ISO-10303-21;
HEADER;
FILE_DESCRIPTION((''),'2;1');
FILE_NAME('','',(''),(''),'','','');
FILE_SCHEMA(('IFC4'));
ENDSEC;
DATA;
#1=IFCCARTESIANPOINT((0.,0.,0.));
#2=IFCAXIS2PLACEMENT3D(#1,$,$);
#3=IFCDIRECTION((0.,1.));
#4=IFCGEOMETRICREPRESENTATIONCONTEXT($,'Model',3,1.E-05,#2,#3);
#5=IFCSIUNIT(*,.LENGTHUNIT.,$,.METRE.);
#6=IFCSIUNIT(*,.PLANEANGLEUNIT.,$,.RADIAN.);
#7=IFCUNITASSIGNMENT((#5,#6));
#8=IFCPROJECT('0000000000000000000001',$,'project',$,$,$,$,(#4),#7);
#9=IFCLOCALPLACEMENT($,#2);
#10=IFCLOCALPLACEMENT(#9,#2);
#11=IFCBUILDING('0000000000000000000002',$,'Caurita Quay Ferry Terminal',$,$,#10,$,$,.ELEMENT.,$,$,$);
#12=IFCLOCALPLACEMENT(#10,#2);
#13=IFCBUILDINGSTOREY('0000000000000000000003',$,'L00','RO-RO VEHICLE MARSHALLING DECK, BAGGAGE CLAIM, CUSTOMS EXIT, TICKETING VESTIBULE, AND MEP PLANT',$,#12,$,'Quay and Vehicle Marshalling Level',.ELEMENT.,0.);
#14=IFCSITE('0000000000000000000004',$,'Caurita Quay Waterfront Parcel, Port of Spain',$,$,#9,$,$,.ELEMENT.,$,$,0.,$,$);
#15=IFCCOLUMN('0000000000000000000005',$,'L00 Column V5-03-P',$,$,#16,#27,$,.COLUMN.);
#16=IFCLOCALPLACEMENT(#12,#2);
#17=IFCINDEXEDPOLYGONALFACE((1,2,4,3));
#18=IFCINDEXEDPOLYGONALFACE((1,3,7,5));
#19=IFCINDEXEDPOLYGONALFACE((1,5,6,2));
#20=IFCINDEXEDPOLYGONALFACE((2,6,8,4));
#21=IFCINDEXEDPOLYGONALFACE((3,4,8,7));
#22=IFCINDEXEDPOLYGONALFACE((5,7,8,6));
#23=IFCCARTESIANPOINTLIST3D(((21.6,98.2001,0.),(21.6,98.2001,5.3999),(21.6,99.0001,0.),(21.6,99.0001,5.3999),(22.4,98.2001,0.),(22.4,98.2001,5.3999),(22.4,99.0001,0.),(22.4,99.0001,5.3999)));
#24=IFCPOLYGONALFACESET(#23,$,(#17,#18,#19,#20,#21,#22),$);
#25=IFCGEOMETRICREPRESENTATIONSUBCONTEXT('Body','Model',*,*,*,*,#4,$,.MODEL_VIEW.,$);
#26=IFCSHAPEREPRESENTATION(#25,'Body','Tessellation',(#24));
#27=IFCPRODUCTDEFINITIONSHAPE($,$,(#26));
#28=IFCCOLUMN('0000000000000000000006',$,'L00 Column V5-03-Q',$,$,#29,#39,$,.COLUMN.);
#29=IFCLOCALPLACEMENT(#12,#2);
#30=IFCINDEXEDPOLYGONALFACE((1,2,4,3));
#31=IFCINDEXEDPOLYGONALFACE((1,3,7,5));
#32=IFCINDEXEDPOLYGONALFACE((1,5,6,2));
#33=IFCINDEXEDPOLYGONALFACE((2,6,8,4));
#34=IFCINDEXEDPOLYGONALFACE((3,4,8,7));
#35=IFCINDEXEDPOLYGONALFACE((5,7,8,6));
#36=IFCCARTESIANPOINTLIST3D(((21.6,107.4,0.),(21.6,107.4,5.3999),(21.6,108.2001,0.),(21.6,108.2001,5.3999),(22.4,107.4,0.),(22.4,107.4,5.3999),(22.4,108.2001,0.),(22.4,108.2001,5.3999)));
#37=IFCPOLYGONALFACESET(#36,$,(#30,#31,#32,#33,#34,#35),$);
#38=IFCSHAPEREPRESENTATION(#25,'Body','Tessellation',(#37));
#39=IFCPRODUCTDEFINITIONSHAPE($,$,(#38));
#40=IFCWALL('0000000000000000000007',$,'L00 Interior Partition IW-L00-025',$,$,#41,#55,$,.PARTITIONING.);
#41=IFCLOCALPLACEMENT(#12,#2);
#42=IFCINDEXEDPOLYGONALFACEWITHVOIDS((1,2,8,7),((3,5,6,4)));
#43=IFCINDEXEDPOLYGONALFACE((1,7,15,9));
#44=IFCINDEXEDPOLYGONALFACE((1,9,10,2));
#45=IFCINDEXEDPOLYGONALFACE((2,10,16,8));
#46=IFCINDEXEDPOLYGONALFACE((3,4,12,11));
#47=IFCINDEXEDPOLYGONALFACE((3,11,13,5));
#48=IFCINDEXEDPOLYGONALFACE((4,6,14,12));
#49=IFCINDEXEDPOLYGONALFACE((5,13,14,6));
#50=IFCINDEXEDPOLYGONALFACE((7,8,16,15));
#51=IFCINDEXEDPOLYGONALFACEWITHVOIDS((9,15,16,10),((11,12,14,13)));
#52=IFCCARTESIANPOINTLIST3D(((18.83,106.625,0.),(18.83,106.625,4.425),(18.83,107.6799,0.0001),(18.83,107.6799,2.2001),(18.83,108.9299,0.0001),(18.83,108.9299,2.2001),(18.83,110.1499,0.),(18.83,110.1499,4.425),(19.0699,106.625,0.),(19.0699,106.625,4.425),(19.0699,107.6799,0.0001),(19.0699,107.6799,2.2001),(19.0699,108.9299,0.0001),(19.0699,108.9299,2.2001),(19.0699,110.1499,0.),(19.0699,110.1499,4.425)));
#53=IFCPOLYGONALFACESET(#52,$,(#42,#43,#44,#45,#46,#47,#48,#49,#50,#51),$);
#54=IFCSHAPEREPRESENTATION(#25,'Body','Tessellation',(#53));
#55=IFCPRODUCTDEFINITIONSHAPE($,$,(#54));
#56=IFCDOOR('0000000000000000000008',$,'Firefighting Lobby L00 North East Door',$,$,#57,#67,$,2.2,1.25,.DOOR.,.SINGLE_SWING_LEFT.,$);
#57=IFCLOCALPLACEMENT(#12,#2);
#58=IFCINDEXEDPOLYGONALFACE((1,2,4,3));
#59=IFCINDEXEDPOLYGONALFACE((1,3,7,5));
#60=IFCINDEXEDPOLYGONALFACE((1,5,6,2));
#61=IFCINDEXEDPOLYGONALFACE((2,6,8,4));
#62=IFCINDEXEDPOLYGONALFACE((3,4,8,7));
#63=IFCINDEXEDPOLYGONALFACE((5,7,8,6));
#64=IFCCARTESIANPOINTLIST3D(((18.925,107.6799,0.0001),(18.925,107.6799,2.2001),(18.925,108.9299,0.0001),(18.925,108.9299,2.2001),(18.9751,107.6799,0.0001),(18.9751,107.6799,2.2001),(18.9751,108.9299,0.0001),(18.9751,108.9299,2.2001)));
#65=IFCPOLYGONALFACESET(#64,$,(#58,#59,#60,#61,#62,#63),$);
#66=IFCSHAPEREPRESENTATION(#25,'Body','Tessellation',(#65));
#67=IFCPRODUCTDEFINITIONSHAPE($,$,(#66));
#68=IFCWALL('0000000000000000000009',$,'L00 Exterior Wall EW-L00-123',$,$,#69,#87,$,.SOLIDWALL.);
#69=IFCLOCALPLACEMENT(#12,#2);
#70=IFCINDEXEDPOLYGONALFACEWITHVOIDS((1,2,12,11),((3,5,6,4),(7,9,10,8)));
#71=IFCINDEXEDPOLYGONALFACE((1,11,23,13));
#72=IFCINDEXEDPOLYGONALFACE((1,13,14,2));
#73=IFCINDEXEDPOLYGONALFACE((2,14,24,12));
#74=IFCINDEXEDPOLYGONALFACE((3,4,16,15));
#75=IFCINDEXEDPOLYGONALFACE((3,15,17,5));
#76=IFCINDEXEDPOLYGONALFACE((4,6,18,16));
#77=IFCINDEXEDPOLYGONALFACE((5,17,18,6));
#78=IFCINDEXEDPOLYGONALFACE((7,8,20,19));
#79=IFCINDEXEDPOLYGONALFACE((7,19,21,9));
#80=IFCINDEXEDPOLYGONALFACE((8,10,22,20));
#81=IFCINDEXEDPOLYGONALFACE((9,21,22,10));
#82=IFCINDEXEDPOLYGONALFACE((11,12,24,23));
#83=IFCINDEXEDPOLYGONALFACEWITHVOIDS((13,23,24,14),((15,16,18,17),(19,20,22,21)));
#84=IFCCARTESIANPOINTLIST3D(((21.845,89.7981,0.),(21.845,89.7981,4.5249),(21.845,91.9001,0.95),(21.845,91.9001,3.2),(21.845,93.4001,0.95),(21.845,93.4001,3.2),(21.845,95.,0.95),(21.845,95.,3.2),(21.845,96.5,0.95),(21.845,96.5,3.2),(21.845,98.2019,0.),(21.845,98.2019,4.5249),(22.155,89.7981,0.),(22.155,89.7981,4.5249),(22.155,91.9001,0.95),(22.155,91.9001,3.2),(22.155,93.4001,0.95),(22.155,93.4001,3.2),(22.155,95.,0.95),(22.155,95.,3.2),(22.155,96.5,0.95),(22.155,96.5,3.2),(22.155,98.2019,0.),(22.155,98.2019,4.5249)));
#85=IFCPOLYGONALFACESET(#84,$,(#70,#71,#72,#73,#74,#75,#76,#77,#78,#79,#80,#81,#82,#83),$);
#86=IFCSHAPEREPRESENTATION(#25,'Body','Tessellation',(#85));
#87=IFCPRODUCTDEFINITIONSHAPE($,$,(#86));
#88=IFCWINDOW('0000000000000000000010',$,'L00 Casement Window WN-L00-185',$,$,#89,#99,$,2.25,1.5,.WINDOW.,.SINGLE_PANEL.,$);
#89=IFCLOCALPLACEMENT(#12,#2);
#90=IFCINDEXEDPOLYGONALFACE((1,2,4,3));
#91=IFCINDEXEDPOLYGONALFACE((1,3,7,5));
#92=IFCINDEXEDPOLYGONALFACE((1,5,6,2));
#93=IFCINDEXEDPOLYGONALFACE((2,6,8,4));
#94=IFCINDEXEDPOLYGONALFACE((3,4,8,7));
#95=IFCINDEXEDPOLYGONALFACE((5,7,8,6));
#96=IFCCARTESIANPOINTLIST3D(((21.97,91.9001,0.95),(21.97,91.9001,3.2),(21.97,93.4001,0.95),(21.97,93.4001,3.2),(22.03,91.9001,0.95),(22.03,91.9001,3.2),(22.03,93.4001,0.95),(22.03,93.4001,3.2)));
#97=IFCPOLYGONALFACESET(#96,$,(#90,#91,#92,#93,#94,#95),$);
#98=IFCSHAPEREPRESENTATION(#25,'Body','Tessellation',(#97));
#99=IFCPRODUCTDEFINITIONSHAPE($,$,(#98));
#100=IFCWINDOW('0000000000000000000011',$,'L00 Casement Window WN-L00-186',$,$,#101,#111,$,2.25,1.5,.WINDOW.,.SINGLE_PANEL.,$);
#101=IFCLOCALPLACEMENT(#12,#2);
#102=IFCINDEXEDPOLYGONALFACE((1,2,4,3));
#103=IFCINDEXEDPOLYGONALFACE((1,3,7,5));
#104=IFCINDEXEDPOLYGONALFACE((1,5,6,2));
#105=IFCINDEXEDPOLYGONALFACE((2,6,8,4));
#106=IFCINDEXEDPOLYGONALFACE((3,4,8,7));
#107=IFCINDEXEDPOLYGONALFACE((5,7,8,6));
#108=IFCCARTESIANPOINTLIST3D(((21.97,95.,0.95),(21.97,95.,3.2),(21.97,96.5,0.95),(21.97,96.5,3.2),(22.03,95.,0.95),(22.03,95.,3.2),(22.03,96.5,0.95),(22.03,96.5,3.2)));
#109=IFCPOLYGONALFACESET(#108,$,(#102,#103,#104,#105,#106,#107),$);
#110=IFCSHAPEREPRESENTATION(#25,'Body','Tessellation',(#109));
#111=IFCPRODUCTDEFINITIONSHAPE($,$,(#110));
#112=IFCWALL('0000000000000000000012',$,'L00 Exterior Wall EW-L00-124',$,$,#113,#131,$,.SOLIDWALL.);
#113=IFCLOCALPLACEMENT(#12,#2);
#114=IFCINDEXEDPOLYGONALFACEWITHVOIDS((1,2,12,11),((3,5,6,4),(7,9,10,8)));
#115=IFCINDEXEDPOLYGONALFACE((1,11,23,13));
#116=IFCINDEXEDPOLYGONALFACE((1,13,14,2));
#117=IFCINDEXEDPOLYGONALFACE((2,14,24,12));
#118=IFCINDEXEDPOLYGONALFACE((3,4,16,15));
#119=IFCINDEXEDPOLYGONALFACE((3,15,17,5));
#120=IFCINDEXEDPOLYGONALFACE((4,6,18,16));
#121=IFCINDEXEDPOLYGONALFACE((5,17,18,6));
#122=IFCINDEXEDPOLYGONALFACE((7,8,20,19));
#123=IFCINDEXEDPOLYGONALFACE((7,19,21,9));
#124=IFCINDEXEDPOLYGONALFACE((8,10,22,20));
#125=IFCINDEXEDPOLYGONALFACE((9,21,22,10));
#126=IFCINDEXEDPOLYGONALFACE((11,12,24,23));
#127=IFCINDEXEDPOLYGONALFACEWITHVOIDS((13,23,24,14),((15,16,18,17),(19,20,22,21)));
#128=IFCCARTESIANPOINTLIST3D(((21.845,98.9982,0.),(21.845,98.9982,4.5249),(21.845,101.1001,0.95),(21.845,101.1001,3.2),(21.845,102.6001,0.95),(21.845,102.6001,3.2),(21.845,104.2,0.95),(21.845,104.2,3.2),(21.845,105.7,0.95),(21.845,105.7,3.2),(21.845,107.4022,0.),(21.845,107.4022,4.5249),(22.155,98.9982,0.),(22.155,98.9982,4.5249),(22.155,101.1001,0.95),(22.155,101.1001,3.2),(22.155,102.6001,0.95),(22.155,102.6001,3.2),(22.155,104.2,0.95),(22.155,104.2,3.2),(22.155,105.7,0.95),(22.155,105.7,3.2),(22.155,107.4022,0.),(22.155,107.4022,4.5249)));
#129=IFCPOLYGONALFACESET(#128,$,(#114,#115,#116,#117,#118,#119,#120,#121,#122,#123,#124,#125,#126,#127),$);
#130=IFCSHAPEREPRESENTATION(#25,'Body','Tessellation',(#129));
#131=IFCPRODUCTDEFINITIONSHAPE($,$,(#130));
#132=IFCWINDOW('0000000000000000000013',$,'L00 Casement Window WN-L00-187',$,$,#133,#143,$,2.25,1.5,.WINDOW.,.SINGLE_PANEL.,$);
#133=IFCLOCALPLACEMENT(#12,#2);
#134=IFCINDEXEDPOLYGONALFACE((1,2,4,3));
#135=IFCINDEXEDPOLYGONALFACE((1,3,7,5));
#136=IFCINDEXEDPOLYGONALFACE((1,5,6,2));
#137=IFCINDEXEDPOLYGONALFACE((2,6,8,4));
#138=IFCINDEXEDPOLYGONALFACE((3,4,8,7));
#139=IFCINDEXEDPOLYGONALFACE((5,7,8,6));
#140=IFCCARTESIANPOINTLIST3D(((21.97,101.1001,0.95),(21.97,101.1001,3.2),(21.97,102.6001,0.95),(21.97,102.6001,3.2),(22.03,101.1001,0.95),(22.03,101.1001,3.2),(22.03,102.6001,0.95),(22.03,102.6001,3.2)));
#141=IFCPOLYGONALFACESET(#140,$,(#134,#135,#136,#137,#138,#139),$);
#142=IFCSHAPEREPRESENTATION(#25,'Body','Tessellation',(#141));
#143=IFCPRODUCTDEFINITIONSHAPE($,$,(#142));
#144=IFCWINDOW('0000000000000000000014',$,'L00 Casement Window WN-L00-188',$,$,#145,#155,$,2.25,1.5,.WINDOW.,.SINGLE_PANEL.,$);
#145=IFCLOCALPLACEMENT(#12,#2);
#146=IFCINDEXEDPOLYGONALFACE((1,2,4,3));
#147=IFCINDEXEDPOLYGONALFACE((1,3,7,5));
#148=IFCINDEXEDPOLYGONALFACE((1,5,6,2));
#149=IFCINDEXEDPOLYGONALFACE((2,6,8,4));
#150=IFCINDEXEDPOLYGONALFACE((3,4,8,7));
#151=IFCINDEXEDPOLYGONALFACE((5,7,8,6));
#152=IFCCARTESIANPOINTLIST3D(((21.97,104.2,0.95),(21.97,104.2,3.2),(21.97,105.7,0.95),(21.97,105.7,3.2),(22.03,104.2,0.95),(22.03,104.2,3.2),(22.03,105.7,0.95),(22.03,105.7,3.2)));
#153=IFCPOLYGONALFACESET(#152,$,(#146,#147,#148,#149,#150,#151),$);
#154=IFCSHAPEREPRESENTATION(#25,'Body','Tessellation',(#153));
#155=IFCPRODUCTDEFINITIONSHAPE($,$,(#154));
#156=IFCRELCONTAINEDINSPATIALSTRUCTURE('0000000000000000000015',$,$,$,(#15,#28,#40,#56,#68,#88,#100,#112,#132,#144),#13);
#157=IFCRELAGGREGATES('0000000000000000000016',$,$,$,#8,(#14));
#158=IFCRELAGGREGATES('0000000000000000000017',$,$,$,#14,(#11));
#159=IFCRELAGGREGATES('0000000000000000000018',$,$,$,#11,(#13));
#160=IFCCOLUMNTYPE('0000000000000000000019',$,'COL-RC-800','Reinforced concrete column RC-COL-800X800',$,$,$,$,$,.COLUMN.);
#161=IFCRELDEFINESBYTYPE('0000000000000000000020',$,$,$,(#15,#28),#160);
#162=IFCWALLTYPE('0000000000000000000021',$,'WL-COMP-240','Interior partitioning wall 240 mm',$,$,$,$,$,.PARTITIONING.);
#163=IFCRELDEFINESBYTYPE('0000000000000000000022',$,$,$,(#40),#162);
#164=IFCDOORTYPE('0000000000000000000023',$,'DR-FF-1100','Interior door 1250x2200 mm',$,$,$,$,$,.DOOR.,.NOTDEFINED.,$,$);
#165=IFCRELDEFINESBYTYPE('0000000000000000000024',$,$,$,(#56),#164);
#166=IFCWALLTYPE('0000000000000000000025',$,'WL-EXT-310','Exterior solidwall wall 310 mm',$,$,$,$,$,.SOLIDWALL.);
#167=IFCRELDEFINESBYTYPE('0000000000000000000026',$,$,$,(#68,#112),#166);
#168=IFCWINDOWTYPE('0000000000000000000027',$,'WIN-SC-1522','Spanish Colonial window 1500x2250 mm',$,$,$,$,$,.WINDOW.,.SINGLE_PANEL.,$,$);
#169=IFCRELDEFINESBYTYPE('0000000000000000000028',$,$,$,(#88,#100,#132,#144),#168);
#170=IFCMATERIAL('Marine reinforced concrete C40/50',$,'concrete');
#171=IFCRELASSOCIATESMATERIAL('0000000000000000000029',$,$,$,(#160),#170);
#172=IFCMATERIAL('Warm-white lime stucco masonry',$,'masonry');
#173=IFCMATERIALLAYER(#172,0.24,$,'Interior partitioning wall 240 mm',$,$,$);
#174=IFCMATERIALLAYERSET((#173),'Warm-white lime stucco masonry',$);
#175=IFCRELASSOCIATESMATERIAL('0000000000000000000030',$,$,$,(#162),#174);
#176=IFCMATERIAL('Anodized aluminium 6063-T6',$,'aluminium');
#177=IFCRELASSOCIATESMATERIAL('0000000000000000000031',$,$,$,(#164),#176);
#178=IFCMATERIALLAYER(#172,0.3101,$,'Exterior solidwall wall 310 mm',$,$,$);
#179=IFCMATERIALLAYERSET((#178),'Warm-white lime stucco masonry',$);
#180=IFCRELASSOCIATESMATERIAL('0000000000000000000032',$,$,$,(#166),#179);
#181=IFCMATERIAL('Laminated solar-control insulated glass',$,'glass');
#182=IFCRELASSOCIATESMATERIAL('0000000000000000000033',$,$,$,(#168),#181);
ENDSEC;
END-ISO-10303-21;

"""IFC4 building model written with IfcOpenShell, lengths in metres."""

from ifc_helpers import new_model, si_unit, direction, frame, frame_2d, origin, origin_2d, place, context, subcontext, project, spatial, rectangle, extrude, material, layer, layer_set, material_profile, profile_set, type_object, element, fill, save


model = new_model("IFC4")

# Units and contexts
model_context = context("Model", 3, precision=1e-05, world=origin(), true_north=direction((0.0, 1.0)))
body_context = subcontext(model_context, "Body", "Model", "MODEL_VIEW")
ifc_project = project(units=[si_unit("LENGTHUNIT", "METRE"), si_unit("PLANEANGLEUNIT", "RADIAN")], contexts=[model_context])

# Site, building, storey
site_placement = place(None, origin())
site = spatial("IfcSite", under=ifc_project, at=site_placement, Name="Caurita Quay Waterfront Parcel, Port of Spain", CompositionType="ELEMENT", RefElevation=0.0)
building_placement = place(site_placement, origin())
building = spatial("IfcBuilding", under=site, at=building_placement, Name="Caurita Quay Ferry Terminal", CompositionType="ELEMENT")
storey_placement = place(building_placement, origin())
storey = spatial("IfcBuildingStorey", under=building, at=storey_placement, Name="L00", Description="RO-RO VEHICLE MARSHALLING DECK, BAGGAGE CLAIM, CUSTOMS EXIT, TICKETING VESTIBULE, AND MEP PLANT", LongName="Quay and Vehicle Marshalling Level", CompositionType="ELEMENT", Elevation=0.0)

# Shared definitions
ifc_material_1 = material(Name="Marine reinforced concrete C40/50", Category="concrete")

# Columns
ifc_material_profile_1 = material_profile(ifc_material_1, rectangle(XDim=0.8, YDim=0.8, at=origin_2d()), Name="RC-COL-800X800")
ifc_profile_set_1 = profile_set([ifc_material_profile_1], Name="Marine reinforced concrete C40/50")
column_type = type_object("IfcColumnType", Name="COL-RC-800", Description="Reinforced concrete column RC-COL-800X800", PredefinedType="COLUMN", material=ifc_profile_set_1)
for number, where, z_axis, x_axis, name in (
    (1, (22.0, 98.6001, 0.0), (0.0, 0.0, 1.0), (1.0, 0.0, 0.0), "L00 Column V5-03-P"),
    (2, (22.0, 107.8, 0.0), (0.0, 0.0, 1.0), (1.0, 0.0, 0.0), "L00 Column V5-03-Q"),
):
    element("IfcColumn", number, at=place(storey_placement, frame(where, z_axis=z_axis, x_axis=x_axis)), inside=storey, type_object=column_type, Name=name, PredefinedType="COLUMN", context=body_context, shape_type="SweptSolid", body=[
        extrude(rectangle(XDim=0.8, YDim=0.8, at=origin_2d()), origin(), (0.0, 0.0, 1.0), 5.3999),
    ])

# Wall, opening, door
ifc_material_2 = material(Name="Warm-white lime stucco masonry", Category="masonry")
ifc_layer_1 = layer(ifc_material_2, 0.24, Name="Interior partitioning wall 240 mm")
ifc_layer_set_1 = layer_set([ifc_layer_1], Name="Warm-white lime stucco masonry")
wall_type_1 = type_object("IfcWallType", Name="WL-COMP-240", Description="Interior partitioning wall 240 mm", PredefinedType="PARTITIONING", material=ifc_layer_set_1)
wall_1_placement = place(storey_placement, frame((18.95, 106.625, 0.0), z_axis=(0.0, 0.0, 1.0), x_axis=(0.0, 1.0, 0.0)))
wall_1 = element("IfcWall", 3, at=wall_1_placement, inside=storey, type_object=wall_type_1, Name="L00 Interior Partition IW-L00-025", PredefinedType="PARTITIONING", context=body_context, shape_type="SweptSolid", body=[
    extrude(rectangle(XDim=3.5249, YDim=0.24, at=frame_2d((1.7625, 0.0))), origin(), (0.0, 0.0, 1.0), 4.425),
])
opening_1_placement = place(wall_1_placement, frame((1.0549, 0.0, 0.0)))
opening_1 = element("IfcOpeningElement", 4, at=opening_1_placement, cuts=wall_1, PredefinedType="OPENING", context=body_context, shape_type="SweptSolid", body=[
    extrude(rectangle(XDim=1.25, YDim=2.2, at=frame_2d((0.625, 1.1001))), frame((0.0, 0.1299, 0.0), z_axis=(0.0, -1.0, 0.0), x_axis=(1.0, 0.0, 0.0)), (0.0, 0.0, 1.0), 0.26),
])
ifc_material_3 = material(Name="Anodized aluminium 6063-T6", Category="aluminium")
door_type = type_object("IfcDoorType", Name="DR-FF-1100", Description="Interior door 1250x2200 mm", OperationType="NOTDEFINED", PredefinedType="DOOR", material=ifc_material_3)
door_placement = place(opening_1_placement, origin())
door = element("IfcDoor", 5, at=door_placement, inside=storey, type_object=door_type, Name="Firefighting Lobby L00 North East Door", OperationType="SINGLE_SWING_LEFT", OverallHeight=2.2, OverallWidth=1.25, PredefinedType="DOOR", context=body_context, shape_type="SweptSolid", body=[
    extrude(rectangle(XDim=1.25, YDim=2.2, at=frame_2d((0.625, 1.1001))), frame((0.0, 0.0249, 0.0), z_axis=(0.0, -1.0, 0.0), x_axis=(1.0, 0.0, 0.0)), (0.0, 0.0, 1.0), 0.05),
])
fill(opening_1, door)

# Walls, openings, windows
ifc_layer_2 = layer(ifc_material_2, 0.3101, Name="Exterior solidwall wall 310 mm")
ifc_layer_set_2 = layer_set([ifc_layer_2], Name="Warm-white lime stucco masonry")
wall_type_2 = type_object("IfcWallType", Name="WL-EXT-310", Description="Exterior solidwall wall 310 mm", PredefinedType="SOLIDWALL", material=ifc_layer_set_2)
wall_2_placement = place(storey_placement, frame((22.0, 89.7981, 0.0), z_axis=(0.0, 0.0, 1.0), x_axis=(0.0, 1.0, 0.0)))
wall_2 = element("IfcWall", 6, at=wall_2_placement, inside=storey, type_object=wall_type_2, Name="L00 Exterior Wall EW-L00-123", PredefinedType="SOLIDWALL", context=body_context, shape_type="SweptSolid", body=[
    extrude(rectangle(XDim=8.4038, YDim=0.3101, at=frame_2d((4.2019, 0.0))), origin(), (0.0, 0.0, 1.0), 4.5249),
])
opening_2_placement = place(wall_2_placement, frame((2.1021, 0.0, 0.95)))
opening_2 = element("IfcOpeningElement", 7, at=opening_2_placement, cuts=wall_2, PredefinedType="OPENING", context=body_context, shape_type="SweptSolid", body=[
    extrude(rectangle(XDim=1.5, YDim=2.25, at=frame_2d((0.75, 1.125))), frame((0.0, 0.165, 0.0), z_axis=(0.0, -1.0, 0.0), x_axis=(1.0, 0.0, 0.0)), (0.0, 0.0, 1.0), 0.3301),
])
opening_3_placement = place(wall_2_placement, frame((5.2019, 0.0, 0.95)))
opening_3 = element("IfcOpeningElement", 8, at=opening_3_placement, cuts=wall_2, PredefinedType="OPENING", context=body_context, shape_type="SweptSolid", body=[
    extrude(rectangle(XDim=1.5, YDim=2.25, at=frame_2d((0.75, 1.125))), frame((0.0, 0.165, 0.0), z_axis=(0.0, -1.0, 0.0), x_axis=(1.0, 0.0, 0.0)), (0.0, 0.0, 1.0), 0.3301),
])
ifc_material_4 = material(Name="Laminated solar-control insulated glass", Category="glass")
window_type = type_object("IfcWindowType", Name="WIN-SC-1522", Description="Spanish Colonial window 1500x2250 mm", PartitioningType="SINGLE_PANEL", PredefinedType="WINDOW", material=ifc_material_4)
window_1_placement = place(opening_2_placement, origin())
window_1 = element("IfcWindow", 9, at=window_1_placement, inside=storey, type_object=window_type, Name="L00 Casement Window WN-L00-185", OverallHeight=2.25, OverallWidth=1.5, PartitioningType="SINGLE_PANEL", PredefinedType="WINDOW", context=body_context, shape_type="SweptSolid", body=[
    extrude(rectangle(XDim=1.5, YDim=2.25, at=frame_2d((0.75, 1.125))), frame((0.0, 0.03, 0.0), z_axis=(0.0, -1.0, 0.0), x_axis=(1.0, 0.0, 0.0)), (0.0, 0.0, 1.0), 0.0601),
])
fill(opening_2, window_1)
window_2_placement = place(opening_3_placement, origin())
window_2 = element("IfcWindow", 10, at=window_2_placement, inside=storey, type_object=window_type, Name="L00 Casement Window WN-L00-186", OverallHeight=2.25, OverallWidth=1.5, PartitioningType="SINGLE_PANEL", PredefinedType="WINDOW", context=body_context, shape_type="SweptSolid", body=[
    extrude(rectangle(XDim=1.5, YDim=2.25, at=frame_2d((0.75, 1.125))), frame((0.0, 0.03, 0.0), z_axis=(0.0, -1.0, 0.0), x_axis=(1.0, 0.0, 0.0)), (0.0, 0.0, 1.0), 0.0601),
])
fill(opening_3, window_2)
wall_3_placement = place(storey_placement, frame((22.0, 98.998, 0.0), z_axis=(0.0, 0.0, 1.0), x_axis=(0.0, 1.0, 0.0)))
wall_3 = element("IfcWall", 11, at=wall_3_placement, inside=storey, type_object=wall_type_2, Name="L00 Exterior Wall EW-L00-124", PredefinedType="SOLIDWALL", context=body_context, shape_type="SweptSolid", body=[
    extrude(rectangle(XDim=8.4041, YDim=0.3101, at=frame_2d((4.2021, 0.0))), origin(), (0.0, 0.0, 1.0), 4.5249),
])
opening_4_placement = place(wall_3_placement, frame((2.1021, 0.0, 0.95)))
opening_4 = element("IfcOpeningElement", 12, at=opening_4_placement, cuts=wall_3, PredefinedType="OPENING", context=body_context, shape_type="SweptSolid", body=[
    extrude(rectangle(XDim=1.5, YDim=2.25, at=frame_2d((0.75, 1.125))), frame((0.0, 0.165, 0.0), z_axis=(0.0, -1.0, 0.0), x_axis=(1.0, 0.0, 0.0)), (0.0, 0.0, 1.0), 0.3301),
])
opening_5_placement = place(wall_3_placement, frame((5.2019, 0.0, 0.95)))
opening_5 = element("IfcOpeningElement", 13, at=opening_5_placement, cuts=wall_3, PredefinedType="OPENING", context=body_context, shape_type="SweptSolid", body=[
    extrude(rectangle(XDim=1.5, YDim=2.25, at=frame_2d((0.75, 1.125))), frame((0.0, 0.165, 0.0), z_axis=(0.0, -1.0, 0.0), x_axis=(1.0, 0.0, 0.0)), (0.0, 0.0, 1.0), 0.3301),
])
window_3_placement = place(opening_4_placement, origin())
window_3 = element("IfcWindow", 14, at=window_3_placement, inside=storey, type_object=window_type, Name="L00 Casement Window WN-L00-187", OverallHeight=2.25, OverallWidth=1.5, PartitioningType="SINGLE_PANEL", PredefinedType="WINDOW", context=body_context, shape_type="SweptSolid", body=[
    extrude(rectangle(XDim=1.5, YDim=2.25, at=frame_2d((0.75, 1.125))), frame((0.0, 0.03, 0.0), z_axis=(0.0, -1.0, 0.0), x_axis=(1.0, 0.0, 0.0)), (0.0, 0.0, 1.0), 0.0601),
])
fill(opening_4, window_3)
window_4_placement = place(opening_5_placement, origin())
window_4 = element("IfcWindow", 15, at=window_4_placement, inside=storey, type_object=window_type, Name="L00 Casement Window WN-L00-188", OverallHeight=2.25, OverallWidth=1.5, PartitioningType="SINGLE_PANEL", PredefinedType="WINDOW", context=body_context, shape_type="SweptSolid", body=[
    extrude(rectangle(XDim=1.5, YDim=2.25, at=frame_2d((0.75, 1.125))), frame((0.0, 0.03, 0.0), z_axis=(0.0, -1.0, 0.0), x_axis=(1.0, 0.0, 0.0)), (0.0, 0.0, 1.0), 0.0601),
])
fill(opening_5, window_4)

save(model, "model.ifc")
